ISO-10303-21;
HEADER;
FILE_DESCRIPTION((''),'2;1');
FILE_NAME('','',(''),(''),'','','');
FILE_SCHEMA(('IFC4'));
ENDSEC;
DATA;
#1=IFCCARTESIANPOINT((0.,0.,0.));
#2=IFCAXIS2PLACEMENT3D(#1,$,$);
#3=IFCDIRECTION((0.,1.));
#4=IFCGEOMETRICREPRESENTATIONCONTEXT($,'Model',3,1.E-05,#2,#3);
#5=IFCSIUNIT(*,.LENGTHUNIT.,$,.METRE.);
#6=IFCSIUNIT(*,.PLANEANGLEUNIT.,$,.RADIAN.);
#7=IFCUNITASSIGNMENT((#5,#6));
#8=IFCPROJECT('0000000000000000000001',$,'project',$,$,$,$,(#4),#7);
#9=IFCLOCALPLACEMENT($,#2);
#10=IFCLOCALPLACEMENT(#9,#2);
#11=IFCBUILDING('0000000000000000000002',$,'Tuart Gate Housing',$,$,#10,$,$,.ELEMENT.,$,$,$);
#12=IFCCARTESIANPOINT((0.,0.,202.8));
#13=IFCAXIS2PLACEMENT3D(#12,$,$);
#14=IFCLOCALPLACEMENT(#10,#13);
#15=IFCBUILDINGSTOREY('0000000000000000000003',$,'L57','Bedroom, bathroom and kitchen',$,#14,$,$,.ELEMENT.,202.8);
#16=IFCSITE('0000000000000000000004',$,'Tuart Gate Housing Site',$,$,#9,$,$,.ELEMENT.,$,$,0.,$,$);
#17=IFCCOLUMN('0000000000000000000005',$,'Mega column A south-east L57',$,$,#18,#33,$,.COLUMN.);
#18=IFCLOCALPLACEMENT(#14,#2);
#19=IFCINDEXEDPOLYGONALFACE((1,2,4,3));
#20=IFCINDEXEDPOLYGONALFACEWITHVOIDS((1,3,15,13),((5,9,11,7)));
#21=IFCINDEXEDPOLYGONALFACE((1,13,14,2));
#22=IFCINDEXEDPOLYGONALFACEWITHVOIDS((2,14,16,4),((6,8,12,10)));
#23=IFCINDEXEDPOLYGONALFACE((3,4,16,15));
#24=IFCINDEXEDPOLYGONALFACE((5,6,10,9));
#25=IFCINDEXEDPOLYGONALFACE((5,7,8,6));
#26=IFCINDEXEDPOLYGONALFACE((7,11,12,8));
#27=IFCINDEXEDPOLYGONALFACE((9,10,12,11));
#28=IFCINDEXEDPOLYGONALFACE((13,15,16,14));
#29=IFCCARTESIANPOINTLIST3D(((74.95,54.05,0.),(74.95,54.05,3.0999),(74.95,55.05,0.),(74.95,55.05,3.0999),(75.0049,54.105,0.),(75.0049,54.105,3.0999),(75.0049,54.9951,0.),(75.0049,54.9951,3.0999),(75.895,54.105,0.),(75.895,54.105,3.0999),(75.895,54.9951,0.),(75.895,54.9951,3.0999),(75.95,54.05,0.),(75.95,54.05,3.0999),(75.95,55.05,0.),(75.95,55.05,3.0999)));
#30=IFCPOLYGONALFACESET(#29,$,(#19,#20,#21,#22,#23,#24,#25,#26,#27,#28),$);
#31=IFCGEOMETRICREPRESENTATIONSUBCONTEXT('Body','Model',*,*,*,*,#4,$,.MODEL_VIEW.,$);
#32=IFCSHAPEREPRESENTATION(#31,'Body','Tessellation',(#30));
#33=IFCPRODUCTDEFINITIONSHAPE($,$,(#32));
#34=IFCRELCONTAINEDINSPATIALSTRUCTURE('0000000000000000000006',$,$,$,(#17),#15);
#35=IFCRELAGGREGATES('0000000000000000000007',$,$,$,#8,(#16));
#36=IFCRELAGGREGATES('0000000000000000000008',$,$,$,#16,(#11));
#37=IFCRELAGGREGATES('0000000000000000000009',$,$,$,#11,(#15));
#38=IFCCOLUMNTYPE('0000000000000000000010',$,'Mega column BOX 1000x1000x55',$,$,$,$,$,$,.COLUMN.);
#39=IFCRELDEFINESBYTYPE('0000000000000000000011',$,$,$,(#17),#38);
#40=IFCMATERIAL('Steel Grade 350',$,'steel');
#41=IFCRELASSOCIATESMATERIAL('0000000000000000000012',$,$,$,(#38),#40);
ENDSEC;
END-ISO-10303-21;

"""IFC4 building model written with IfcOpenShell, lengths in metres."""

from ifc_helpers import new_model, si_unit, direction, frame, origin, origin_2d, place, context, subcontext, project, spatial, hollow_rectangle, extrude, material, material_profile, profile_set, type_object, element, save


model = new_model("IFC4")

# Units and contexts
model_context = context("Model", 3, precision=1e-05, world=origin(), true_north=direction((0.0, 1.0)))
body_context = subcontext(model_context, "Body", "Model", "MODEL_VIEW")
ifc_project = project(units=[si_unit("LENGTHUNIT", "METRE"), si_unit("PLANEANGLEUNIT", "RADIAN")], contexts=[model_context])

# Site, building, storey
site_placement = place(None, origin())
site = spatial("IfcSite", under=ifc_project, at=site_placement, Name="Tuart Gate Housing Site", CompositionType="ELEMENT", RefElevation=0.0)
building_placement = place(site_placement, origin())
building = spatial("IfcBuilding", under=site, at=building_placement, Name="Tuart Gate Housing", CompositionType="ELEMENT")
storey_placement = place(building_placement, frame((0.0, 0.0, 202.8)))
storey = spatial("IfcBuildingStorey", under=building, at=storey_placement, Name="L57", Description="Bedroom, bathroom and kitchen", CompositionType="ELEMENT", Elevation=202.8)

# Column
ifc_material_1 = material(Name="Steel Grade 350", Category="steel")
ifc_material_profile = material_profile(ifc_material_1, hollow_rectangle(XDim=1.0, YDim=1.0, WallThickness=0.0549, at=origin_2d()), Name="BOX 1000x1000x55")
ifc_profile_set = profile_set([ifc_material_profile], Name="Steel Grade 350")
column_type = type_object("IfcColumnType", Name="Mega column BOX 1000x1000x55", PredefinedType="COLUMN", material=ifc_profile_set)
column_placement = place(storey_placement, frame((75.45, 54.55, 0.0), z_axis=(0.0, 0.0, 1.0), x_axis=(1.0, 0.0, 0.0)))
element("IfcColumn", 1, at=column_placement, inside=storey, type_object=column_type, Name="Mega column A south-east L57", PredefinedType="COLUMN", context=body_context, shape_type="SweptSolid", body=[
    extrude(hollow_rectangle(XDim=1.0, YDim=1.0, WallThickness=0.0549, at=origin_2d()), origin(), (0.0, 0.0, 1.0), 3.0999),
])

save(model, "model.ifc")
